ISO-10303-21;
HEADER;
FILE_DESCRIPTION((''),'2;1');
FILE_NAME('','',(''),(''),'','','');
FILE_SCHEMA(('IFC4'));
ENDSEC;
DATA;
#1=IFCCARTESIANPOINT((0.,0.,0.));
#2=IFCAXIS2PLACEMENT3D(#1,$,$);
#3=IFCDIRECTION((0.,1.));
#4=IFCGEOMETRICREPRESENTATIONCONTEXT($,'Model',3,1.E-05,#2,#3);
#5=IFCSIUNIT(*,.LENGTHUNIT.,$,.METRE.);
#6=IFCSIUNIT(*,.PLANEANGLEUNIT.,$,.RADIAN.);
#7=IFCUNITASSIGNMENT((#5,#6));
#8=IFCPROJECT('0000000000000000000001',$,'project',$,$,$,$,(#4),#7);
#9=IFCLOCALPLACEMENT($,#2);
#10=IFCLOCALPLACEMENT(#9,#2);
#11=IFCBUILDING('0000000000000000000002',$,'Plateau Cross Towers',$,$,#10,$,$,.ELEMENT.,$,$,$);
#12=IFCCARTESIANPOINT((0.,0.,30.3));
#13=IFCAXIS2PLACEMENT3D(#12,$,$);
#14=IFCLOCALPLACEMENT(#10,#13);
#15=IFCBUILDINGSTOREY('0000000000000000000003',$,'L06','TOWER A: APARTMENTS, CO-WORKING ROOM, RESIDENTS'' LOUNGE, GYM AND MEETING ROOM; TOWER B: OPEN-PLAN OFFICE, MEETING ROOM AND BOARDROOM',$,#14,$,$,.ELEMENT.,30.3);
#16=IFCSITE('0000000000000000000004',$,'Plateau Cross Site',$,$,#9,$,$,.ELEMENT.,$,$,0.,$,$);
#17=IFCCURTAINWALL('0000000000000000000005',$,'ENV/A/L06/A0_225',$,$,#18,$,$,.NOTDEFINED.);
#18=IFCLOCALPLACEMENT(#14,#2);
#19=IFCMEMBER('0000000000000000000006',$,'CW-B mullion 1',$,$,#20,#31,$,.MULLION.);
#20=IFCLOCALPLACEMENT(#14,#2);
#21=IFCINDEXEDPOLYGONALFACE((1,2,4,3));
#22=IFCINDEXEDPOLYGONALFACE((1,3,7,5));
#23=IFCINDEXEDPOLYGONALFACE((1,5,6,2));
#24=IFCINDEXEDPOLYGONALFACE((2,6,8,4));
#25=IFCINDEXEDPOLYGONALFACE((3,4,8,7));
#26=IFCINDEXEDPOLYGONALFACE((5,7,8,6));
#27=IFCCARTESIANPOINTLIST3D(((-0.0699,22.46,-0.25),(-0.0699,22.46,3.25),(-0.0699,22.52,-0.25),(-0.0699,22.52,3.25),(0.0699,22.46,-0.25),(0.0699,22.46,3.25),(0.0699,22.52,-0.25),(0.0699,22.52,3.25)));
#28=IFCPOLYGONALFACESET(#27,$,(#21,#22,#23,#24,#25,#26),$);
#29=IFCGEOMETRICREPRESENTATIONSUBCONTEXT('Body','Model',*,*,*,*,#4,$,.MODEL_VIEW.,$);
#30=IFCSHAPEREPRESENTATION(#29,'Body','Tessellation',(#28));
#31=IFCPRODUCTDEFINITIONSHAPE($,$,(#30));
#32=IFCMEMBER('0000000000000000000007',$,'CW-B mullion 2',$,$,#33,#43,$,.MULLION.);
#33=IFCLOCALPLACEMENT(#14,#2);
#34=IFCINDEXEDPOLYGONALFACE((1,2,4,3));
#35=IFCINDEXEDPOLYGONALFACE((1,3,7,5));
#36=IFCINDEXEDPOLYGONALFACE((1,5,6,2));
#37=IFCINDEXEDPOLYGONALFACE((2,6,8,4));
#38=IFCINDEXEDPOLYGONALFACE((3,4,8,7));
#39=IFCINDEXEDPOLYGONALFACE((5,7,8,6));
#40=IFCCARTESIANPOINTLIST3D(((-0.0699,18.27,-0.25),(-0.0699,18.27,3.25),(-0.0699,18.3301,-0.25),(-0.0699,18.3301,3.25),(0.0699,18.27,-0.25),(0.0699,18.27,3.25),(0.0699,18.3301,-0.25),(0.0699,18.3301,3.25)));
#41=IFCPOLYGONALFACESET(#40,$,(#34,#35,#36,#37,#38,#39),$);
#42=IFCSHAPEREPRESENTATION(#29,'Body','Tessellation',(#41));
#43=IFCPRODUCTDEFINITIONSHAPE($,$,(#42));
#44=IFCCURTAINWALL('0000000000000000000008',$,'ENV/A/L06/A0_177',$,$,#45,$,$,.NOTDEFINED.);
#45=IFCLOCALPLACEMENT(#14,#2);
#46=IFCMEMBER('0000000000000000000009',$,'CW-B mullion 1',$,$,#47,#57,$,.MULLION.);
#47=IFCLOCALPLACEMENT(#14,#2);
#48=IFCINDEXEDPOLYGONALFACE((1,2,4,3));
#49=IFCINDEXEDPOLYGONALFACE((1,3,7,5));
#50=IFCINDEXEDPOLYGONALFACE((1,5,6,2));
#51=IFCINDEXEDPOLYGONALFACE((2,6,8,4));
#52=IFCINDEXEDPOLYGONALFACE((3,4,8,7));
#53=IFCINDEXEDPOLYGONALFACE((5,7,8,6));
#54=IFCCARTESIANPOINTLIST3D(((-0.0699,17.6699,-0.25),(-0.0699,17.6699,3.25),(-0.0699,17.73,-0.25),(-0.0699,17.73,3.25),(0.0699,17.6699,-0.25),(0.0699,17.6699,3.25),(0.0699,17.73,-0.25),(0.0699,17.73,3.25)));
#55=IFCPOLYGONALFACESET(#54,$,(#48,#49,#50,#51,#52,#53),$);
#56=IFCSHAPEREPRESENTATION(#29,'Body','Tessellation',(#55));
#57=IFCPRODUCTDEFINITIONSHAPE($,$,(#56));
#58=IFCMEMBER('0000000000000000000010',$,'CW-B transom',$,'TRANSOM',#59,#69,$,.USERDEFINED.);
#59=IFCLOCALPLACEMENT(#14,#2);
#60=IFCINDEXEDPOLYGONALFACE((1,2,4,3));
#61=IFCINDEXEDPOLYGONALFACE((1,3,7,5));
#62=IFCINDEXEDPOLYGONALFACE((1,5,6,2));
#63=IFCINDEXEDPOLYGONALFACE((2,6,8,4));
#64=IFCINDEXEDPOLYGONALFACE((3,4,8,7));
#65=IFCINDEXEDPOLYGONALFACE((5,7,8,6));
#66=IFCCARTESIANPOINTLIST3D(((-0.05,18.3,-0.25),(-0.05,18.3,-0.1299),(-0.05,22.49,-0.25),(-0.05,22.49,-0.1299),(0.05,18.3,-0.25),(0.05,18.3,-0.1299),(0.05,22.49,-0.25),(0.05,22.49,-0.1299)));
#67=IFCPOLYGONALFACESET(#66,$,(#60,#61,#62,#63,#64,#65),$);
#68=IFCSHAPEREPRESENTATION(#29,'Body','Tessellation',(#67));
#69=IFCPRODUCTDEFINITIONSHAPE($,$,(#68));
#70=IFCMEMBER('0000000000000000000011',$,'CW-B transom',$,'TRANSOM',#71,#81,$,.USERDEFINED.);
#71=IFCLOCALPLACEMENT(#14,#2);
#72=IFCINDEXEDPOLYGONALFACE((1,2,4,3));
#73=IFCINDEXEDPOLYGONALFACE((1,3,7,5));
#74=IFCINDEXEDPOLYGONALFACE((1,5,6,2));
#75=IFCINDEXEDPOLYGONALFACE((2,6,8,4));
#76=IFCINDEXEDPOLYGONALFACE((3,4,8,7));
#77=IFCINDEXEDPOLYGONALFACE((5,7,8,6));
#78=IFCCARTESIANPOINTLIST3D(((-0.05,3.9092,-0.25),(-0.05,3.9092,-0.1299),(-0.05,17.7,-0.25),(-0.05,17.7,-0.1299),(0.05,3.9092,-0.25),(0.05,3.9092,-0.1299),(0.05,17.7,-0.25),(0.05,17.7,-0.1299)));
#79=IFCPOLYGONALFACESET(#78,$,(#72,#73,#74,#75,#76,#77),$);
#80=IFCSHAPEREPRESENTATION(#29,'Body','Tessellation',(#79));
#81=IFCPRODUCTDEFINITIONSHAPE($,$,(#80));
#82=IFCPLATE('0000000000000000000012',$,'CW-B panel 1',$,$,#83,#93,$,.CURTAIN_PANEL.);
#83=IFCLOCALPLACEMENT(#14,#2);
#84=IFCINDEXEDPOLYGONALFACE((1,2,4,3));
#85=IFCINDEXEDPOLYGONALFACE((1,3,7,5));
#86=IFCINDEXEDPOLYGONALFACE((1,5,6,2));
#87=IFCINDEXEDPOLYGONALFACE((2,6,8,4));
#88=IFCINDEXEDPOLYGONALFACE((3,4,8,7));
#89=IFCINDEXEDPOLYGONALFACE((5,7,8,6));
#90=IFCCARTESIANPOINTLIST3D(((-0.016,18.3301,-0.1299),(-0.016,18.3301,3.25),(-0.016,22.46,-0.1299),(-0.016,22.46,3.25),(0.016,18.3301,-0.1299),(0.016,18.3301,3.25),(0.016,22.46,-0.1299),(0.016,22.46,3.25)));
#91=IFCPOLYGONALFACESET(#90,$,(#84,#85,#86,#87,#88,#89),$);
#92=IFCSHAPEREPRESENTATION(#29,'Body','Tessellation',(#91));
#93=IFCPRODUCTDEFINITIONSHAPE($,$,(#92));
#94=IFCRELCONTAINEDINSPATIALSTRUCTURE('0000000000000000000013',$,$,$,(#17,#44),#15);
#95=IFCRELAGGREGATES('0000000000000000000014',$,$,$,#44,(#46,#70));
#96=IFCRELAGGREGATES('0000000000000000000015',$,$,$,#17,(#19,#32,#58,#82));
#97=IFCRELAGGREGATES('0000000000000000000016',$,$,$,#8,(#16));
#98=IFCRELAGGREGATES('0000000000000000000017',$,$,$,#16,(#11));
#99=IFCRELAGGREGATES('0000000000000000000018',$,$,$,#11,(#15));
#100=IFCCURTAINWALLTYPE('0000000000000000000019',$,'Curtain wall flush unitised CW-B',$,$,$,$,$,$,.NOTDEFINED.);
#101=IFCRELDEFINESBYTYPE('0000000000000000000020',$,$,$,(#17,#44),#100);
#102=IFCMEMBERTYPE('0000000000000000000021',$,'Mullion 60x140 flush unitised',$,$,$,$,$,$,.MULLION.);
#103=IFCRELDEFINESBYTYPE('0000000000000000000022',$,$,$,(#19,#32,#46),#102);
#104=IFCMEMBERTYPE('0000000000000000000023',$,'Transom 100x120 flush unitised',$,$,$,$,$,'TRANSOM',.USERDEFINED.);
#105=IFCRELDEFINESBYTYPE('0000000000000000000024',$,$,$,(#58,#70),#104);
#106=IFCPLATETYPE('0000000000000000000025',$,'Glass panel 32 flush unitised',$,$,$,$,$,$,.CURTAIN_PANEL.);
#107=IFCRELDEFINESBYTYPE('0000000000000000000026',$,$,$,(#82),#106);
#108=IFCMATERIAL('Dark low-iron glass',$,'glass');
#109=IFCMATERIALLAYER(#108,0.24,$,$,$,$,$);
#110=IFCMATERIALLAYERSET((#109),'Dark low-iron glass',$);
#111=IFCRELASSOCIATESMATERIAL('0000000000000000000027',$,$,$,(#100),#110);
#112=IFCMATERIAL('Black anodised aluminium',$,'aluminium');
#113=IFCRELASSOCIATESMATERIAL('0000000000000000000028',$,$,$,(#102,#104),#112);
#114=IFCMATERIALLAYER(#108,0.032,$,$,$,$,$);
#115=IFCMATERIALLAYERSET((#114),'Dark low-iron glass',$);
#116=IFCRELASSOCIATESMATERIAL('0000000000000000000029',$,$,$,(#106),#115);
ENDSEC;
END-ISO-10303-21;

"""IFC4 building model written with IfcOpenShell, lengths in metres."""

from ifc_helpers import new_model, si_unit, direction, frame, origin, origin_2d, place, context, subcontext, project, spatial, rectangle, extrude, material, layer, layer_set, material_profile, profile_set, type_object, element, aggregate, save


model = new_model("IFC4")

# Units and contexts
model_context = context("Model", 3, precision=1e-05, world=origin(), true_north=direction((0.0, 1.0)))
body_context = subcontext(model_context, "Body", "Model", "MODEL_VIEW")
ifc_project = project(units=[si_unit("LENGTHUNIT", "METRE"), si_unit("PLANEANGLEUNIT", "RADIAN")], contexts=[model_context])

# Site, building, storey
site_placement = place(None, origin())
site = spatial("IfcSite", under=ifc_project, at=site_placement, Name="Plateau Cross Site", CompositionType="ELEMENT", RefElevation=0.0)
building_placement = place(site_placement, origin())
building = spatial("IfcBuilding", under=site, at=building_placement, Name="Plateau Cross Towers", CompositionType="ELEMENT")
storey_placement = place(building_placement, frame((0.0, 0.0, 30.3)))
storey = spatial("IfcBuildingStorey", under=building, at=storey_placement, Name="L06", Description="TOWER A: APARTMENTS, CO-WORKING ROOM, RESIDENTS' LOUNGE, GYM AND MEETING ROOM; TOWER B: OPEN-PLAN OFFICE, MEETING ROOM AND BOARDROOM", CompositionType="ELEMENT", Elevation=30.3)

# Curtain wall, members
ifc_material_1 = material(Name="Dark low-iron glass", Category="glass")
ifc_layer_1 = layer(ifc_material_1, 0.24)
ifc_layer_set_1 = layer_set([ifc_layer_1], Name="Dark low-iron glass")
curtain_wall_type = type_object("IfcCurtainWallType", Name="Curtain wall flush unitised CW-B", PredefinedType="NOTDEFINED", material=ifc_layer_set_1)
curtain_wall_1_placement = place(storey_placement, origin())
curtain_wall_1 = element("IfcCurtainWall", 1, at=curtain_wall_1_placement, inside=storey, type_object=curtain_wall_type, Name="ENV/A/L06/A0_225", PredefinedType="NOTDEFINED")
ifc_material_2 = material(Name="Black anodised aluminium", Category="aluminium")
ifc_material_profile_1 = material_profile(ifc_material_2, rectangle(XDim=0.0601, YDim=0.1399, at=origin_2d()), Name="MULLION 60x140")
ifc_profile_set_1 = profile_set([ifc_material_profile_1], Name="Black anodised aluminium")
member_type_1 = type_object("IfcMemberType", Name="Mullion 60x140 flush unitised", PredefinedType="MULLION", material=ifc_profile_set_1)
member_1_placement = place(storey_placement, frame((0.0, 22.49, -0.25), z_axis=(0.0, 0.0, 1.0), x_axis=(0.0, -1.0, 0.0)))
member_1 = element("IfcMember", 2, at=member_1_placement, type_object=member_type_1, Name="CW-B mullion 1", PredefinedType="MULLION", context=body_context, shape_type="SweptSolid", body=[
    extrude(rectangle(XDim=0.0601, YDim=0.1399, at=origin_2d()), origin(), (0.0, 0.0, 1.0), 3.5),
])
member_2_placement = place(storey_placement, frame((0.0, 18.3, -0.25), z_axis=(0.0, 0.0, 1.0), x_axis=(0.0, -1.0, 0.0)))
member_2 = element("IfcMember", 3, at=member_2_placement, type_object=member_type_1, Name="CW-B mullion 2", PredefinedType="MULLION", context=body_context, shape_type="SweptSolid", body=[
    extrude(rectangle(XDim=0.0601, YDim=0.1399, at=origin_2d()), origin(), (0.0, 0.0, 1.0), 3.5),
])

# Curtain wall, member
curtain_wall_2_placement = place(storey_placement, origin())
curtain_wall_2 = element("IfcCurtainWall", 4, at=curtain_wall_2_placement, inside=storey, type_object=curtain_wall_type, Name="ENV/A/L06/A0_177", PredefinedType="NOTDEFINED")
member_3_placement = place(storey_placement, frame((0.0, 17.7, -0.25), z_axis=(0.0, 0.0, 1.0), x_axis=(0.0, -1.0, 0.0)))
member_3 = element("IfcMember", 5, at=member_3_placement, type_object=member_type_1, Name="CW-B mullion 1", PredefinedType="MULLION", context=body_context, shape_type="SweptSolid", body=[
    extrude(rectangle(XDim=0.0601, YDim=0.1399, at=origin_2d()), origin(), (0.0, 0.0, 1.0), 3.5),
])

# Members
ifc_material_profile_2 = material_profile(ifc_material_2, rectangle(XDim=0.1001, YDim=0.1201, at=origin_2d()), Name="TRANSOM 100x120")
ifc_profile_set_2 = profile_set([ifc_material_profile_2], Name="Black anodised aluminium")
member_type_2 = type_object("IfcMemberType", Name="Transom 100x120 flush unitised", ElementType="TRANSOM", PredefinedType="USERDEFINED", material=ifc_profile_set_2)
member_4_placement = place(storey_placement, frame((0.0, 22.49, -0.1899), z_axis=(0.0, -1.0, 0.0), x_axis=(1.0, 0.0, 0.0)))
member_4 = element("IfcMember", 6, at=member_4_placement, type_object=member_type_2, Name="CW-B transom", ObjectType="TRANSOM", PredefinedType="USERDEFINED", context=body_context, shape_type="SweptSolid", body=[
    extrude(rectangle(XDim=0.1001, YDim=0.1201, at=origin_2d()), origin(), (0.0, 0.0, 1.0), 4.1899),
])
member_5_placement = place(storey_placement, frame((0.0, 17.7, -0.1899), z_axis=(0.0, -1.0, 0.0), x_axis=(1.0, 0.0, 0.0)))
member_5 = element("IfcMember", 7, at=member_5_placement, type_object=member_type_2, Name="CW-B transom", ObjectType="TRANSOM", PredefinedType="USERDEFINED", context=body_context, shape_type="SweptSolid", body=[
    extrude(rectangle(XDim=0.1001, YDim=0.1201, at=origin_2d()), origin(), (0.0, 0.0, 1.0), 13.7908),
])
aggregate(curtain_wall_2, [member_3, member_5])

# Plate
ifc_layer_2 = layer(ifc_material_1, 0.032)
ifc_layer_set_2 = layer_set([ifc_layer_2], Name="Dark low-iron glass")
plate_type = type_object("IfcPlateType", Name="Glass panel 32 flush unitised", PredefinedType="CURTAIN_PANEL", material=ifc_layer_set_2)
plate_placement = place(storey_placement, frame((0.0, 20.395, -0.1299), z_axis=(0.0, 0.0, 1.0), x_axis=(0.0, -1.0, 0.0)))
plate = element("IfcPlate", 8, at=plate_placement, type_object=plate_type, Name="CW-B panel 1", PredefinedType="CURTAIN_PANEL", context=body_context, shape_type="SweptSolid", body=[
    extrude(rectangle(XDim=4.1299, YDim=0.032, at=origin_2d()), origin(), (0.0, 0.0, 1.0), 3.3799),
])
aggregate(curtain_wall_1, [member_1, member_2, member_4, plate])

save(model, "model.ifc")
